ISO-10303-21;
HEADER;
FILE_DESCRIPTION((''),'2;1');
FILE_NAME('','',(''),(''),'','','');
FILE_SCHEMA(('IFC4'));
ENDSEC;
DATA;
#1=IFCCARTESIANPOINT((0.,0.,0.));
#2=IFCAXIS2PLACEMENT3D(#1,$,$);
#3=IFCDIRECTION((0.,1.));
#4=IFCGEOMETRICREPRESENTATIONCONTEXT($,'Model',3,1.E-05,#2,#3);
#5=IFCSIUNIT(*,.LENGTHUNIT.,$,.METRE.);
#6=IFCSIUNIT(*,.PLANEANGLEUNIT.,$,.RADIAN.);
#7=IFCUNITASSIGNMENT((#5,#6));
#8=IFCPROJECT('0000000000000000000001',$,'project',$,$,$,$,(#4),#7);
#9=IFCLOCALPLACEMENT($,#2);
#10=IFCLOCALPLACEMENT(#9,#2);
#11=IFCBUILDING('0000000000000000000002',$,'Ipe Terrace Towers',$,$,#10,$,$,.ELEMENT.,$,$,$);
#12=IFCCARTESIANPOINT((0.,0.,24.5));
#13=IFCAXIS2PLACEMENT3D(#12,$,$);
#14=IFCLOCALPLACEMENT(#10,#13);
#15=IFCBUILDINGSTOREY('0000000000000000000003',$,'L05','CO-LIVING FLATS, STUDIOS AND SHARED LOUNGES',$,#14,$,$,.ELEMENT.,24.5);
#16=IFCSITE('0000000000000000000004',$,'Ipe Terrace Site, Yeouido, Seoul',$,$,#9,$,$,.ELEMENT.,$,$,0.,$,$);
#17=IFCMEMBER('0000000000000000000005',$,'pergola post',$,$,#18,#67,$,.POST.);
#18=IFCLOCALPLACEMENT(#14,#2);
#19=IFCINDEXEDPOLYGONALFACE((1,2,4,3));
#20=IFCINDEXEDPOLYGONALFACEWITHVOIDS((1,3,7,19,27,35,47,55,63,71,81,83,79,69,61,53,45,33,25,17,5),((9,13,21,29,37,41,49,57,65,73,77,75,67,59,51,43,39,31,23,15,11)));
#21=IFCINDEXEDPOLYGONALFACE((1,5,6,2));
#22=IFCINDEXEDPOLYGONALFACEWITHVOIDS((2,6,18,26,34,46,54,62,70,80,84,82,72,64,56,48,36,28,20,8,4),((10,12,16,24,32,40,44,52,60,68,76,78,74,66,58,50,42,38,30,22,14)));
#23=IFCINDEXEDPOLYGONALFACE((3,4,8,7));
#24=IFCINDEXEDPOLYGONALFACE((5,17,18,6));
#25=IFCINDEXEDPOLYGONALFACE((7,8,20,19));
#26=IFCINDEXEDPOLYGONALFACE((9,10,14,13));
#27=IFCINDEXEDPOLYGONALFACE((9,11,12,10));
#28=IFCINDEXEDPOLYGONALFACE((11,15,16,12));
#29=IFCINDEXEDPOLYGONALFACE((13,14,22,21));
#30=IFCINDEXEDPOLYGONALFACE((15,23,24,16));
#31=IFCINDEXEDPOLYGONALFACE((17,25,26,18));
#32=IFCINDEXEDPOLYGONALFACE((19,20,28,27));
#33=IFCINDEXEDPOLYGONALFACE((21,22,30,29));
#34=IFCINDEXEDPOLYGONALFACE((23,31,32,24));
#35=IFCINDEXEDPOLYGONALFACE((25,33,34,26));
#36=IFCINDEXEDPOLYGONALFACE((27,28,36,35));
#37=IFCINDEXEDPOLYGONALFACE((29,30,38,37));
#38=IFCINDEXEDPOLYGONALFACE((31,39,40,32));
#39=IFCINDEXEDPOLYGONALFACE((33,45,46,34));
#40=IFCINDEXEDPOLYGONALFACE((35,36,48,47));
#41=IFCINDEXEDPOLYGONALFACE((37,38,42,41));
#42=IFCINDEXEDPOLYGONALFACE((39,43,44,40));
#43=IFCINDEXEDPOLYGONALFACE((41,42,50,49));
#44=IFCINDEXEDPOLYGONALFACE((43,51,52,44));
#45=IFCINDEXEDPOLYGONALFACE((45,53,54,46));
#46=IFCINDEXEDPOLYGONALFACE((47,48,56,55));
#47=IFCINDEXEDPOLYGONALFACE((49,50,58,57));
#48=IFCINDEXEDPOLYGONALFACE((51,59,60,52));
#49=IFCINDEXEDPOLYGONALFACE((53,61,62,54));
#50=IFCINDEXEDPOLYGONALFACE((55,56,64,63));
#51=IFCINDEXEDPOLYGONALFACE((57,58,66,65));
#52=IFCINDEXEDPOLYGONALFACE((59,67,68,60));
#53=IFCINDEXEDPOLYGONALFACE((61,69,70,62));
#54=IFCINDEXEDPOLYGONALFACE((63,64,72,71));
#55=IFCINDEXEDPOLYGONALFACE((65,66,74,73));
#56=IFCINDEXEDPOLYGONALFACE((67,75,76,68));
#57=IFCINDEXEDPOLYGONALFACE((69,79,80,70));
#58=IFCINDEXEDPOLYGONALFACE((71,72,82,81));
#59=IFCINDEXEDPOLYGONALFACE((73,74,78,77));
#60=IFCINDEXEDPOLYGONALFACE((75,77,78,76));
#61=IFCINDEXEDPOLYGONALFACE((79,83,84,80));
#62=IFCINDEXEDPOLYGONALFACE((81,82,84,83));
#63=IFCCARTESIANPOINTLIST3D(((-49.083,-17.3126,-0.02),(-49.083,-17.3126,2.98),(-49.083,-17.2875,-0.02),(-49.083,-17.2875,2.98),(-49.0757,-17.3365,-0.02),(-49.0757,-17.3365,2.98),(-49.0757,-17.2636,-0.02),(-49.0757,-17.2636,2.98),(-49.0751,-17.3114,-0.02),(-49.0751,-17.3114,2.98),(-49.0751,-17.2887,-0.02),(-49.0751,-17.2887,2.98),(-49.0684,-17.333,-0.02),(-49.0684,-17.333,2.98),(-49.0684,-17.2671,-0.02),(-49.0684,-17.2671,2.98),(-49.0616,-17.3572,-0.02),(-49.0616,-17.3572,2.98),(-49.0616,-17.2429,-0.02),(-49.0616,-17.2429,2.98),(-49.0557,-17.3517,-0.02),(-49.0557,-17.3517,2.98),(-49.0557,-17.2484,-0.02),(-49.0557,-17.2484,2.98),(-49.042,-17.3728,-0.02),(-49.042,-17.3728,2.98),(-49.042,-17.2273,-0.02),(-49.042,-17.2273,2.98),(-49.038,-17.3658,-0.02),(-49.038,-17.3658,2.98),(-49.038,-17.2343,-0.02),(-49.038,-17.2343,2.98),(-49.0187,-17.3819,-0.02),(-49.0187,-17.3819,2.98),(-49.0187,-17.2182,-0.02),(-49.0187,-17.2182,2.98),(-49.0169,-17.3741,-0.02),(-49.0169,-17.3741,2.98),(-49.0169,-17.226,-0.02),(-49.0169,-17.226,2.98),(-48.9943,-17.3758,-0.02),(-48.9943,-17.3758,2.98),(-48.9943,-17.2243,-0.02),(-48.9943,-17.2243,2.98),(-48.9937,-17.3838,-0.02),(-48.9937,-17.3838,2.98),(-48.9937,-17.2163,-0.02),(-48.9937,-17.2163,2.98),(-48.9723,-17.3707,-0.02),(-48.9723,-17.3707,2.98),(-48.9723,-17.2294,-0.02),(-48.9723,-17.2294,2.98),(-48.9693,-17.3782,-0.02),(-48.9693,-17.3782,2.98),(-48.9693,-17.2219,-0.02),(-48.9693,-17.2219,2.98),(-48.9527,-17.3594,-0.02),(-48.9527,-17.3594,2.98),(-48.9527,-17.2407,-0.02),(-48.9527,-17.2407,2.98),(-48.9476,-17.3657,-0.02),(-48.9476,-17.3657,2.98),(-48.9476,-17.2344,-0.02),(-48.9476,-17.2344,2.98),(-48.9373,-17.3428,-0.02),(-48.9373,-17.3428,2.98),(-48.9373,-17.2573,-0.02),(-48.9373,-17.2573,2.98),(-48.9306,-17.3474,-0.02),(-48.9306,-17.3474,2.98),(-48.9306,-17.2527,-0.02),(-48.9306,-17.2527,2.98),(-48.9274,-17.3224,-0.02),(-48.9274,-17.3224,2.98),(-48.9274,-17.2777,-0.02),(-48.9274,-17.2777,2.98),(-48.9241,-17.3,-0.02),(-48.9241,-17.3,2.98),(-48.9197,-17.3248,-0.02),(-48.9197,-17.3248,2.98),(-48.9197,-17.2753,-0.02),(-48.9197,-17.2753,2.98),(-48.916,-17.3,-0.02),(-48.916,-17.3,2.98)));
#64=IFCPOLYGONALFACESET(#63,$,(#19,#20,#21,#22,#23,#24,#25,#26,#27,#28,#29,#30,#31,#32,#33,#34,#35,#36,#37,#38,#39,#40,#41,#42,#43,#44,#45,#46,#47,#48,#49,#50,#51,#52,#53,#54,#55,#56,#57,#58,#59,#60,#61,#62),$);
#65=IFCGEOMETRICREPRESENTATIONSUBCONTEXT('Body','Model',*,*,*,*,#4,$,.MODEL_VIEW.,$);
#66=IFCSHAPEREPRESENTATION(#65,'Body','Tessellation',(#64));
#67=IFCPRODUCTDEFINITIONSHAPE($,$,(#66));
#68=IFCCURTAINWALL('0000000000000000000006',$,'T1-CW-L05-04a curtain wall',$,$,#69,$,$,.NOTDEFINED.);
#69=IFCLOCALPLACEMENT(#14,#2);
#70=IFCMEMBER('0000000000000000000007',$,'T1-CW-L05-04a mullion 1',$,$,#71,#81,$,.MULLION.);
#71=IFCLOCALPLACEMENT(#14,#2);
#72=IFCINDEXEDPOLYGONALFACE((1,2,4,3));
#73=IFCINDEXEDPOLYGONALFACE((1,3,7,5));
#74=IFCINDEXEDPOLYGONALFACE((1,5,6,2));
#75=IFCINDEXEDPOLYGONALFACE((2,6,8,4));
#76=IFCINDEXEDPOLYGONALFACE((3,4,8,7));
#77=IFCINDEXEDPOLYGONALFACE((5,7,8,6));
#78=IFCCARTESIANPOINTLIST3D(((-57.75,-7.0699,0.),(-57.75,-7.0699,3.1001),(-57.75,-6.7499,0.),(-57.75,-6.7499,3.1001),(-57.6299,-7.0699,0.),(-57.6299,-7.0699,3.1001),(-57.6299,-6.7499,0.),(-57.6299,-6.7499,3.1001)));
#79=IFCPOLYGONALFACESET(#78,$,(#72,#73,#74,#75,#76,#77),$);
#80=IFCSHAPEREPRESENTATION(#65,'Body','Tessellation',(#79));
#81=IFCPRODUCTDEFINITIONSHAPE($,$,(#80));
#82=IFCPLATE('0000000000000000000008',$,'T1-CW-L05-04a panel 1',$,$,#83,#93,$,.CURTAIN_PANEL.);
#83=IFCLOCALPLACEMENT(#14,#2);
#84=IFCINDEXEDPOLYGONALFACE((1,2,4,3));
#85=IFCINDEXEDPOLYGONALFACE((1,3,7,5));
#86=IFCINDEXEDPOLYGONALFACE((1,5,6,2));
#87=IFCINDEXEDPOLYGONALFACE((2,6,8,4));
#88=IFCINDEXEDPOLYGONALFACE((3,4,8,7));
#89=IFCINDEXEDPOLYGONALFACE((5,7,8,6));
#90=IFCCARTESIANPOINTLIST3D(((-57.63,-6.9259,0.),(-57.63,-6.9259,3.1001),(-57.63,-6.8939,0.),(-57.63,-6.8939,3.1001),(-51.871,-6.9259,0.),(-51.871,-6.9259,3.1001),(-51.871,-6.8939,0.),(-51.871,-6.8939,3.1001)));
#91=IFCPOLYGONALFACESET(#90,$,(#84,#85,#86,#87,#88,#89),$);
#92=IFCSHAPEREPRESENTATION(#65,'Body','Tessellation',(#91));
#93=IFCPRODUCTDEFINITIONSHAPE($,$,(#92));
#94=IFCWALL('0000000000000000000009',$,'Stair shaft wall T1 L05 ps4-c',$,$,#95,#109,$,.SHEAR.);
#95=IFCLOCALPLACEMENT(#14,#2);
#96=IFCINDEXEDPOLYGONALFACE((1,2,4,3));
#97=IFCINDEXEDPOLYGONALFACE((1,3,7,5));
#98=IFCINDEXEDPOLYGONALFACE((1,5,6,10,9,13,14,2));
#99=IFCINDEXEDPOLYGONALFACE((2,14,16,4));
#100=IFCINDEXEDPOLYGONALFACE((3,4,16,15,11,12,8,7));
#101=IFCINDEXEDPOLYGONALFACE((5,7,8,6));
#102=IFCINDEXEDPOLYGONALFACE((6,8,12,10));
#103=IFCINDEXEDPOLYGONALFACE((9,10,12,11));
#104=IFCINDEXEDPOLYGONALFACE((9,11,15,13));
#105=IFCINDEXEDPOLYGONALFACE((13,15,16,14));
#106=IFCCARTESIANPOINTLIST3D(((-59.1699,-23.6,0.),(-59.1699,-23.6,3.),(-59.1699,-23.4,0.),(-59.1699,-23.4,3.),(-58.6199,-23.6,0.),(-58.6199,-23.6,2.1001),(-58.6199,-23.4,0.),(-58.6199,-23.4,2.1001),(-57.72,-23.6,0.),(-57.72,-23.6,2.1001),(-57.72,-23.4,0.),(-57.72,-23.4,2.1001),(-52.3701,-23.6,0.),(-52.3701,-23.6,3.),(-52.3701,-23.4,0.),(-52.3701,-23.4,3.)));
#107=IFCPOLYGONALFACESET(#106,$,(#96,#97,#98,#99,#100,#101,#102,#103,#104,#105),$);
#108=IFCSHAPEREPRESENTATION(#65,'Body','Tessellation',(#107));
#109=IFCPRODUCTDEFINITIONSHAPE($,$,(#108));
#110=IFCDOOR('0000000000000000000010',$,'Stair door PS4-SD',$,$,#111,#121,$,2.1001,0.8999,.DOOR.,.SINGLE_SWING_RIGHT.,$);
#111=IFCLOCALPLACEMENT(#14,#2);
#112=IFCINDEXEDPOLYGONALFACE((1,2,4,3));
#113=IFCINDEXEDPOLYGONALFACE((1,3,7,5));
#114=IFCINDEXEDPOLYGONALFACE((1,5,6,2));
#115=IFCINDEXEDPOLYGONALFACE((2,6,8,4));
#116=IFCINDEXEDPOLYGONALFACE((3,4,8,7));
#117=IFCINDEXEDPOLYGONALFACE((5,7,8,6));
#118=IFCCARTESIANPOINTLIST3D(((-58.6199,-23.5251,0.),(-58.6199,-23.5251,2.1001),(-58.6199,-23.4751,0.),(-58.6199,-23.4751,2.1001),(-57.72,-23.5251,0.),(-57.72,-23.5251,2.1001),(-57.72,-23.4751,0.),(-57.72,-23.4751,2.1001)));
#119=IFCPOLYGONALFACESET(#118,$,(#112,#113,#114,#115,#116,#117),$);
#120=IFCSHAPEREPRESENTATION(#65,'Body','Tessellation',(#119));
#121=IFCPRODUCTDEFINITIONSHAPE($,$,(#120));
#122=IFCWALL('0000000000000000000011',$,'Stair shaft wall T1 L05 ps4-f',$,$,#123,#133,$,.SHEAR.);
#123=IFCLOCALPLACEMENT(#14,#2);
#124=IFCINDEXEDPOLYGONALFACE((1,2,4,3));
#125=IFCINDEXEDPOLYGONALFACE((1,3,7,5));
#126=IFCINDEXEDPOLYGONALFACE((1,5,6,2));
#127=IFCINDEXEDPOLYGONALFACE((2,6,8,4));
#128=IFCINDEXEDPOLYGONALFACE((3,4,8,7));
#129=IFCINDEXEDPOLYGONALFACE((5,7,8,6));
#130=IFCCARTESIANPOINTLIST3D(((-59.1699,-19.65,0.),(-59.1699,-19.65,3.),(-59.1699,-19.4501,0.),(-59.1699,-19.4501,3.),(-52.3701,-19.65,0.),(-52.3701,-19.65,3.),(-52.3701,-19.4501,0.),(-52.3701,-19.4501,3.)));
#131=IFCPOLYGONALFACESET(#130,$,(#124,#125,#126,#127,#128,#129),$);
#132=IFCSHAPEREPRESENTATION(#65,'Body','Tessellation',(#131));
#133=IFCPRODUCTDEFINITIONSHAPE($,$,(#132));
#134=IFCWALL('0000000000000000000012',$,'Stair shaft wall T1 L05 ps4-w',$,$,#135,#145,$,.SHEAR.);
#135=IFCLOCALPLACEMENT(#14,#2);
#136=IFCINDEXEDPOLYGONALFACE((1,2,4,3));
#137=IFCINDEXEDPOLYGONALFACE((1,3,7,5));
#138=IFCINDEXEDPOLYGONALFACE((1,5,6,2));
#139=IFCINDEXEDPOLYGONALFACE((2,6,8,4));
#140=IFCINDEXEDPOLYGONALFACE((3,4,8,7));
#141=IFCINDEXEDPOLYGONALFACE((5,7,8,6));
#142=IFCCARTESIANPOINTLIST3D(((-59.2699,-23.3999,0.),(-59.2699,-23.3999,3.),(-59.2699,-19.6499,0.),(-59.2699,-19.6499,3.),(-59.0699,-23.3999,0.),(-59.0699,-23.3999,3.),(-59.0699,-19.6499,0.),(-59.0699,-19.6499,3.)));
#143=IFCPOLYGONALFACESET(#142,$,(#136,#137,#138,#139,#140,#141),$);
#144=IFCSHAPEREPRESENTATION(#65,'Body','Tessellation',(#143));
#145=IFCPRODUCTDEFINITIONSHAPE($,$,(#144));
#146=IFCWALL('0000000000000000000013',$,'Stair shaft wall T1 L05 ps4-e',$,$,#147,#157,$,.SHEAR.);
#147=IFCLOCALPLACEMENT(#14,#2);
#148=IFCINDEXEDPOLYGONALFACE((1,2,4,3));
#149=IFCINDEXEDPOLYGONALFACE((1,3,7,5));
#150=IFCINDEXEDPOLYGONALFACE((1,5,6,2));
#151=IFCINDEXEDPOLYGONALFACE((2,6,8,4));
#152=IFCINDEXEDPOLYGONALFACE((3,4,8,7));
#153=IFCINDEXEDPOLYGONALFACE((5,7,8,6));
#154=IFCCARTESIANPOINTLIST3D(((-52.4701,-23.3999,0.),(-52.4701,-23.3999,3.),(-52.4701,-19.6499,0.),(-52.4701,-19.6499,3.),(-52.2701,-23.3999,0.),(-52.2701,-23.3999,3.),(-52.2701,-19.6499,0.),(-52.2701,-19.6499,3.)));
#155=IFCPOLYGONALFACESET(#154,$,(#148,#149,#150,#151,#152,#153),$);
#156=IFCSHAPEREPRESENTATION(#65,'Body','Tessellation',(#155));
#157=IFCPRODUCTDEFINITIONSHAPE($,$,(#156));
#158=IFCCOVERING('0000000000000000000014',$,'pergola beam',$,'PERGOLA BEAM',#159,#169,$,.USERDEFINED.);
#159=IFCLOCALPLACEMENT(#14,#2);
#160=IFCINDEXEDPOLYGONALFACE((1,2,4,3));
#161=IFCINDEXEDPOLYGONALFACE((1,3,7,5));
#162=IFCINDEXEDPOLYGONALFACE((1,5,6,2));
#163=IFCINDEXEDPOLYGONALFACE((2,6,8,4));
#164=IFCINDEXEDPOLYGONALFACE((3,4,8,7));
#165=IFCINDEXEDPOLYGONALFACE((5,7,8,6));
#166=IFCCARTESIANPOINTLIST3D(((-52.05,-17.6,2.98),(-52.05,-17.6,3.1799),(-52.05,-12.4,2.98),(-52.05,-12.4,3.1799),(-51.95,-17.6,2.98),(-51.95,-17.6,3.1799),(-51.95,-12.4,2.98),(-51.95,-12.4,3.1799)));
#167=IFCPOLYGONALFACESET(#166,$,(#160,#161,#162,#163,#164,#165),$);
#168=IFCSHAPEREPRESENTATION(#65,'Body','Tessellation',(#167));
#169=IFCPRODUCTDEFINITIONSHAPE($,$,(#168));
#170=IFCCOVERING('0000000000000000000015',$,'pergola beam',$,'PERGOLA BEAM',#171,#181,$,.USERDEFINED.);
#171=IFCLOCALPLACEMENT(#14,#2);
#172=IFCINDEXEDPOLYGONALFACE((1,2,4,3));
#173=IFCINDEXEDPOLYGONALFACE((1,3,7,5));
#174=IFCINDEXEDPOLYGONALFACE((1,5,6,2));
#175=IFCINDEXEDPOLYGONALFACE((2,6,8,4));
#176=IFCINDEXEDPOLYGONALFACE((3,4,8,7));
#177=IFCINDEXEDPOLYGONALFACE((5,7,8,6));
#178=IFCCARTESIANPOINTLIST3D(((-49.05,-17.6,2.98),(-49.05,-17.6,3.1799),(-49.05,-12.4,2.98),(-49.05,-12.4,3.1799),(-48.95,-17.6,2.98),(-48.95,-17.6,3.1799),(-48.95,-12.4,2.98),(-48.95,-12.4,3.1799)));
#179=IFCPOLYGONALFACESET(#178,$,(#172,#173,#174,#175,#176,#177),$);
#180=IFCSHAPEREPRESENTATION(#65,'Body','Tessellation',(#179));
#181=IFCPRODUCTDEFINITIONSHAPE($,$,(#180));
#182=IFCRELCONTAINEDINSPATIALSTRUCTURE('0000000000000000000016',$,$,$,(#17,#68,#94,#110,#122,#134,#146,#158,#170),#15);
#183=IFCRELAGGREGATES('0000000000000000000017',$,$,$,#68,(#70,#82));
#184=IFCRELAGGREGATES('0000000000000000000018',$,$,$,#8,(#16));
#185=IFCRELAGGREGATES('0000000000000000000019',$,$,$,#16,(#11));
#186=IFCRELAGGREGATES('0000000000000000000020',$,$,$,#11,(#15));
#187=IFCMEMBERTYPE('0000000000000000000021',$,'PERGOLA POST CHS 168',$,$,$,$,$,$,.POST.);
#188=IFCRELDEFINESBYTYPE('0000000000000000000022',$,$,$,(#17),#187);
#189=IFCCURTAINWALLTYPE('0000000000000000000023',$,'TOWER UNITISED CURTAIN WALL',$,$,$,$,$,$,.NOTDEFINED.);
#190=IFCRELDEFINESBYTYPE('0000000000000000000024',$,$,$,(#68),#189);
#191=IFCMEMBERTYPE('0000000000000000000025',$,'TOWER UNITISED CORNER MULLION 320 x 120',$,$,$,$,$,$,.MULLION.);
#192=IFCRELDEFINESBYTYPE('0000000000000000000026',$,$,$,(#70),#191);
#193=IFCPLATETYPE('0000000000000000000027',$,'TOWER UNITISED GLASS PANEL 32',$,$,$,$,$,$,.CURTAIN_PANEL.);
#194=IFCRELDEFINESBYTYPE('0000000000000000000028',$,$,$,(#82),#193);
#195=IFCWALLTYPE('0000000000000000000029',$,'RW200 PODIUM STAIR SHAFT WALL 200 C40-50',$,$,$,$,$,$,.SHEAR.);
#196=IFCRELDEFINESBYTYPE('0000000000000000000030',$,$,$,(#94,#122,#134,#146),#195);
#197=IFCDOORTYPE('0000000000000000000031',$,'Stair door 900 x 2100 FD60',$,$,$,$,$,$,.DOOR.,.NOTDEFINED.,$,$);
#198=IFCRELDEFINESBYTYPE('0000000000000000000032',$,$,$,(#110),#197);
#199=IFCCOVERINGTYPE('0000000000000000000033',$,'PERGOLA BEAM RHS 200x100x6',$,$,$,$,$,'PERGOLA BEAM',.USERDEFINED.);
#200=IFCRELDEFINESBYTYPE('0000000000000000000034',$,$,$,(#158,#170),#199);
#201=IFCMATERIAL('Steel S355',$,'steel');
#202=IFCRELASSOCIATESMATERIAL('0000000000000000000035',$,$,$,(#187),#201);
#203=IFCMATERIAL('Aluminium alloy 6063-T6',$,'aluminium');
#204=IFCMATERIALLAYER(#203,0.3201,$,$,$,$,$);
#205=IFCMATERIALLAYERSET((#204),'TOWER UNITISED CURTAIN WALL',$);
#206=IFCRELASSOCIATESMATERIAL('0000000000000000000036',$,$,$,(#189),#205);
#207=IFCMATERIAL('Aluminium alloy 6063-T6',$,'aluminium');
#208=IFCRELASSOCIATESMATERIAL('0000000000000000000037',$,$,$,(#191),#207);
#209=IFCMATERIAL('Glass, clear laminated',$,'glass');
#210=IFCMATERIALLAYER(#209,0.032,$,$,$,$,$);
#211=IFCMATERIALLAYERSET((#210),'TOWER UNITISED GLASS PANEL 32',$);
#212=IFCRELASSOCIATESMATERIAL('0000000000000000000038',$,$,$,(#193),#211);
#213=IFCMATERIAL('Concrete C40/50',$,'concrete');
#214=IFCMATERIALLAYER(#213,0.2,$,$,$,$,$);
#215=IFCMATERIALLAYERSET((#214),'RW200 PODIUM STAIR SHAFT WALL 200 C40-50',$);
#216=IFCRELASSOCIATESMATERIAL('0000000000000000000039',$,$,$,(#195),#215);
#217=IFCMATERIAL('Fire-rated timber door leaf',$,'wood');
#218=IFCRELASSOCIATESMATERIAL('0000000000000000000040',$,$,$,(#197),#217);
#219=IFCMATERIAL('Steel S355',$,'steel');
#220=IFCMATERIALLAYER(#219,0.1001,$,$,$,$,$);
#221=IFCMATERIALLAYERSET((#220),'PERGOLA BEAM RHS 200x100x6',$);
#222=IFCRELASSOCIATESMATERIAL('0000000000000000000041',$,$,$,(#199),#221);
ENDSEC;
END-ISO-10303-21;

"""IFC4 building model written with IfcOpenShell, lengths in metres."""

from ifc_helpers import new_model, si_unit, direction, frame, frame_2d, origin, origin_2d, place, context, subcontext, project, spatial, rectangle, hollow_circle, extrude, material, layer, layer_set, material_profile, profile_set, type_object, element, fill, aggregate, save


model = new_model("IFC4")

# Units and contexts
model_context = context("Model", 3, precision=1e-05, world=origin(), true_north=direction((0.0, 1.0)))
body_context = subcontext(model_context, "Body", "Model", "MODEL_VIEW")
ifc_project = project(units=[si_unit("LENGTHUNIT", "METRE"), si_unit("PLANEANGLEUNIT", "RADIAN")], contexts=[model_context])

# Site, building, storey
site_placement = place(None, origin())
site = spatial("IfcSite", under=ifc_project, at=site_placement, Name="Ipe Terrace Site, Yeouido, Seoul", CompositionType="ELEMENT", RefElevation=0.0)
building_placement = place(site_placement, origin())
building = spatial("IfcBuilding", under=site, at=building_placement, Name="Ipe Terrace Towers", CompositionType="ELEMENT")
storey_placement = place(building_placement, frame((0.0, 0.0, 24.5)))
storey = spatial("IfcBuildingStorey", under=building, at=storey_placement, Name="L05", Description="CO-LIVING FLATS, STUDIOS AND SHARED LOUNGES", CompositionType="ELEMENT", Elevation=24.5)

# Member
ifc_material_1 = material(Name="Steel S355", Category="steel")
ifc_material_profile_1 = material_profile(ifc_material_1, hollow_circle(Radius=0.084, WallThickness=0.0081, at=origin_2d()), Name="PERGOLA POST CHS 168")
ifc_profile_set_1 = profile_set([ifc_material_profile_1], Name="Steel S355")
member_type_1 = type_object("IfcMemberType", Name="PERGOLA POST CHS 168", PredefinedType="POST", material=ifc_profile_set_1)
for number, where, z_axis, x_axis, name in (
    (1, (-49.0, -17.3, -0.02), (0.0, 0.0, 1.0), (1.0, 0.0, 0.0), "pergola post"),
):
    element("IfcMember", number, at=place(storey_placement, frame(where, z_axis=z_axis, x_axis=x_axis)), inside=storey, type_object=member_type_1, Name=name, PredefinedType="POST", context=body_context, shape_type="SweptSolid", body=[
        extrude(hollow_circle(Radius=0.084, WallThickness=0.0081, at=origin_2d()), origin(), (0.0, 0.0, 1.0), 3.0),
    ])

# Curtain wall, member, plate
ifc_material_2 = material(Name="Aluminium alloy 6063-T6", Category="aluminium")
ifc_layer_1 = layer(ifc_material_2, 0.3201)
ifc_layer_set_1 = layer_set([ifc_layer_1], Name="TOWER UNITISED CURTAIN WALL")
curtain_wall_type = type_object("IfcCurtainWallType", Name="TOWER UNITISED CURTAIN WALL", PredefinedType="NOTDEFINED", material=ifc_layer_set_1)
curtain_wall_placement = place(storey_placement, origin())
curtain_wall = element("IfcCurtainWall", 2, at=curtain_wall_placement, inside=storey, type_object=curtain_wall_type, Name="T1-CW-L05-04a curtain wall", PredefinedType="NOTDEFINED")
ifc_material_3 = material(Name="Aluminium alloy 6063-T6", Category="aluminium")
ifc_material_profile_2 = material_profile(ifc_material_3, rectangle(XDim=0.3201, YDim=0.1201, at=origin_2d()), Name="TOWER UNITISED CORNER MULLION 320 x 120")
ifc_profile_set_2 = profile_set([ifc_material_profile_2], Name="Aluminium alloy 6063-T6")
member_type_2 = type_object("IfcMemberType", Name="TOWER UNITISED CORNER MULLION 320 x 120", PredefinedType="MULLION", material=ifc_profile_set_2)
member_placement = place(storey_placement, frame((-57.6899, -6.9099, 0.0), z_axis=(0.0, 0.0, 1.0), x_axis=(0.0, -1.0, 0.0)))
member = element("IfcMember", 3, at=member_placement, type_object=member_type_2, Name="T1-CW-L05-04a mullion 1", PredefinedType="MULLION", context=body_context, shape_type="SweptSolid", body=[
    extrude(rectangle(XDim=0.3201, YDim=0.1201, at=origin_2d()), origin(), (0.0, 0.0, 1.0), 3.1001),
])
ifc_material_4 = material(Name="Glass, clear laminated", Category="glass")
ifc_layer_2 = layer(ifc_material_4, 0.032)
ifc_layer_set_2 = layer_set([ifc_layer_2], Name="TOWER UNITISED GLASS PANEL 32")
plate_type = type_object("IfcPlateType", Name="TOWER UNITISED GLASS PANEL 32", PredefinedType="CURTAIN_PANEL", material=ifc_layer_set_2)
plate_placement = place(storey_placement, frame((-54.7505, -6.9099, 0.0), z_axis=(0.0, 0.0, 1.0), x_axis=(1.0, 0.0, 0.0)))
plate = element("IfcPlate", 4, at=plate_placement, type_object=plate_type, Name="T1-CW-L05-04a panel 1", PredefinedType="CURTAIN_PANEL", context=body_context, shape_type="SweptSolid", body=[
    extrude(rectangle(XDim=5.759, YDim=0.032, at=origin_2d()), origin(), (0.0, 0.0, 1.0), 3.1001),
])
aggregate(curtain_wall, [member, plate])

# Wall, opening, door
ifc_material_5 = material(Name="Concrete C40/50", Category="concrete")
ifc_layer_3 = layer(ifc_material_5, 0.2)
ifc_layer_set_3 = layer_set([ifc_layer_3], Name="RW200 PODIUM STAIR SHAFT WALL 200 C40-50")
wall_type = type_object("IfcWallType", Name="RW200 PODIUM STAIR SHAFT WALL 200 C40-50", PredefinedType="SHEAR", material=ifc_layer_set_3)
wall_1_placement = place(storey_placement, frame((-59.1699, -23.5, 0.0), z_axis=(0.0, 0.0, 1.0), x_axis=(1.0, 0.0, 0.0)))
wall_1 = element("IfcWall", 5, at=wall_1_placement, inside=storey, type_object=wall_type, Name="Stair shaft wall T1 L05 ps4-c", PredefinedType="SHEAR", context=body_context, shape_type="SweptSolid", body=[
    extrude(rectangle(XDim=6.7998, YDim=0.2, at=frame_2d((3.3999, 0.0))), origin(), (0.0, 0.0, 1.0), 3.0),
])
opening_placement = place(wall_1_placement, frame((0.55, 0.0, 0.0)))
opening = element("IfcOpeningElement", 6, at=opening_placement, cuts=wall_1, PredefinedType="OPENING", context=body_context, shape_type="SweptSolid", body=[
    extrude(rectangle(XDim=0.8999, YDim=2.1001, at=frame_2d((0.45, 1.05))), frame((0.0, 0.1099, 0.0), z_axis=(0.0, -1.0, 0.0), x_axis=(1.0, 0.0, 0.0)), (0.0, 0.0, 1.0), 0.22),
])
ifc_material_6 = material(Name="Fire-rated timber door leaf", Category="wood")
door_type = type_object("IfcDoorType", Name="Stair door 900 x 2100 FD60", OperationType="NOTDEFINED", PredefinedType="DOOR", material=ifc_material_6)
door_placement = place(opening_placement, origin())
door = element("IfcDoor", 7, at=door_placement, inside=storey, type_object=door_type, Name="Stair door PS4-SD", OperationType="SINGLE_SWING_RIGHT", OverallHeight=2.1001, OverallWidth=0.8999, PredefinedType="DOOR", context=body_context, shape_type="SweptSolid", body=[
    extrude(rectangle(XDim=0.8999, YDim=2.1001, at=frame_2d((0.45, 1.05))), frame((0.0, 0.0249, 0.0), z_axis=(0.0, -1.0, 0.0), x_axis=(1.0, 0.0, 0.0)), (0.0, 0.0, 1.0), 0.05),
])
fill(opening, door)

# Walls
wall_2_placement = place(storey_placement, frame((-59.1699, -19.55, 0.0), z_axis=(0.0, 0.0, 1.0), x_axis=(1.0, 0.0, 0.0)))
element("IfcWall", 8, at=wall_2_placement, inside=storey, type_object=wall_type, Name="Stair shaft wall T1 L05 ps4-f", PredefinedType="SHEAR", context=body_context, shape_type="SweptSolid", body=[
    extrude(rectangle(XDim=6.7998, YDim=0.2, at=frame_2d((3.3999, 0.0))), origin(), (0.0, 0.0, 1.0), 3.0),
])
for number, where, z_axis, x_axis, name in (
    (9, (-59.1699, -23.3999, 0.0), (0.0, 0.0, 1.0), (0.0, 1.0, 0.0), "Stair shaft wall T1 L05 ps4-w"),
    (10, (-52.3701, -23.3999, 0.0), (0.0, 0.0, 1.0), (0.0, 1.0, 0.0), "Stair shaft wall T1 L05 ps4-e"),
):
    element("IfcWall", number, at=place(storey_placement, frame(where, z_axis=z_axis, x_axis=x_axis)), inside=storey, type_object=wall_type, Name=name, PredefinedType="SHEAR", context=body_context, shape_type="SweptSolid", body=[
        extrude(rectangle(XDim=3.75, YDim=0.2, at=frame_2d((1.875, 0.0))), origin(), (0.0, 0.0, 1.0), 3.0),
    ])

# Coverings
ifc_material_7 = material(Name="Steel S355", Category="steel")
ifc_layer_4 = layer(ifc_material_7, 0.1001)
ifc_layer_set_4 = layer_set([ifc_layer_4], Name="PERGOLA BEAM RHS 200x100x6")
covering_type_1 = type_object("IfcCoveringType", Name="PERGOLA BEAM RHS 200x100x6", ElementType="PERGOLA BEAM", PredefinedType="USERDEFINED", material=ifc_layer_set_4)
for number, where, z_axis, x_axis, name in (
    (11, (-52.0, -15.0, 2.98), (0.0, 0.0, 1.0), (1.0, 0.0, 0.0), "pergola beam"),
    (12, (-49.0, -15.0, 2.98), (0.0, 0.0, 1.0), (1.0, 0.0, 0.0), "pergola beam"),
):
    element("IfcCovering", number, at=place(storey_placement, frame(where, z_axis=z_axis, x_axis=x_axis)), inside=storey, type_object=covering_type_1, Name=name, ObjectType="PERGOLA BEAM", PredefinedType="USERDEFINED", context=body_context, shape_type="SweptSolid", body=[
        extrude(rectangle(XDim=0.1001, YDim=5.2, at=origin_2d()), origin(), (0.0, 0.0, 1.0), 0.2),
    ])

save(model, "model.ifc")
